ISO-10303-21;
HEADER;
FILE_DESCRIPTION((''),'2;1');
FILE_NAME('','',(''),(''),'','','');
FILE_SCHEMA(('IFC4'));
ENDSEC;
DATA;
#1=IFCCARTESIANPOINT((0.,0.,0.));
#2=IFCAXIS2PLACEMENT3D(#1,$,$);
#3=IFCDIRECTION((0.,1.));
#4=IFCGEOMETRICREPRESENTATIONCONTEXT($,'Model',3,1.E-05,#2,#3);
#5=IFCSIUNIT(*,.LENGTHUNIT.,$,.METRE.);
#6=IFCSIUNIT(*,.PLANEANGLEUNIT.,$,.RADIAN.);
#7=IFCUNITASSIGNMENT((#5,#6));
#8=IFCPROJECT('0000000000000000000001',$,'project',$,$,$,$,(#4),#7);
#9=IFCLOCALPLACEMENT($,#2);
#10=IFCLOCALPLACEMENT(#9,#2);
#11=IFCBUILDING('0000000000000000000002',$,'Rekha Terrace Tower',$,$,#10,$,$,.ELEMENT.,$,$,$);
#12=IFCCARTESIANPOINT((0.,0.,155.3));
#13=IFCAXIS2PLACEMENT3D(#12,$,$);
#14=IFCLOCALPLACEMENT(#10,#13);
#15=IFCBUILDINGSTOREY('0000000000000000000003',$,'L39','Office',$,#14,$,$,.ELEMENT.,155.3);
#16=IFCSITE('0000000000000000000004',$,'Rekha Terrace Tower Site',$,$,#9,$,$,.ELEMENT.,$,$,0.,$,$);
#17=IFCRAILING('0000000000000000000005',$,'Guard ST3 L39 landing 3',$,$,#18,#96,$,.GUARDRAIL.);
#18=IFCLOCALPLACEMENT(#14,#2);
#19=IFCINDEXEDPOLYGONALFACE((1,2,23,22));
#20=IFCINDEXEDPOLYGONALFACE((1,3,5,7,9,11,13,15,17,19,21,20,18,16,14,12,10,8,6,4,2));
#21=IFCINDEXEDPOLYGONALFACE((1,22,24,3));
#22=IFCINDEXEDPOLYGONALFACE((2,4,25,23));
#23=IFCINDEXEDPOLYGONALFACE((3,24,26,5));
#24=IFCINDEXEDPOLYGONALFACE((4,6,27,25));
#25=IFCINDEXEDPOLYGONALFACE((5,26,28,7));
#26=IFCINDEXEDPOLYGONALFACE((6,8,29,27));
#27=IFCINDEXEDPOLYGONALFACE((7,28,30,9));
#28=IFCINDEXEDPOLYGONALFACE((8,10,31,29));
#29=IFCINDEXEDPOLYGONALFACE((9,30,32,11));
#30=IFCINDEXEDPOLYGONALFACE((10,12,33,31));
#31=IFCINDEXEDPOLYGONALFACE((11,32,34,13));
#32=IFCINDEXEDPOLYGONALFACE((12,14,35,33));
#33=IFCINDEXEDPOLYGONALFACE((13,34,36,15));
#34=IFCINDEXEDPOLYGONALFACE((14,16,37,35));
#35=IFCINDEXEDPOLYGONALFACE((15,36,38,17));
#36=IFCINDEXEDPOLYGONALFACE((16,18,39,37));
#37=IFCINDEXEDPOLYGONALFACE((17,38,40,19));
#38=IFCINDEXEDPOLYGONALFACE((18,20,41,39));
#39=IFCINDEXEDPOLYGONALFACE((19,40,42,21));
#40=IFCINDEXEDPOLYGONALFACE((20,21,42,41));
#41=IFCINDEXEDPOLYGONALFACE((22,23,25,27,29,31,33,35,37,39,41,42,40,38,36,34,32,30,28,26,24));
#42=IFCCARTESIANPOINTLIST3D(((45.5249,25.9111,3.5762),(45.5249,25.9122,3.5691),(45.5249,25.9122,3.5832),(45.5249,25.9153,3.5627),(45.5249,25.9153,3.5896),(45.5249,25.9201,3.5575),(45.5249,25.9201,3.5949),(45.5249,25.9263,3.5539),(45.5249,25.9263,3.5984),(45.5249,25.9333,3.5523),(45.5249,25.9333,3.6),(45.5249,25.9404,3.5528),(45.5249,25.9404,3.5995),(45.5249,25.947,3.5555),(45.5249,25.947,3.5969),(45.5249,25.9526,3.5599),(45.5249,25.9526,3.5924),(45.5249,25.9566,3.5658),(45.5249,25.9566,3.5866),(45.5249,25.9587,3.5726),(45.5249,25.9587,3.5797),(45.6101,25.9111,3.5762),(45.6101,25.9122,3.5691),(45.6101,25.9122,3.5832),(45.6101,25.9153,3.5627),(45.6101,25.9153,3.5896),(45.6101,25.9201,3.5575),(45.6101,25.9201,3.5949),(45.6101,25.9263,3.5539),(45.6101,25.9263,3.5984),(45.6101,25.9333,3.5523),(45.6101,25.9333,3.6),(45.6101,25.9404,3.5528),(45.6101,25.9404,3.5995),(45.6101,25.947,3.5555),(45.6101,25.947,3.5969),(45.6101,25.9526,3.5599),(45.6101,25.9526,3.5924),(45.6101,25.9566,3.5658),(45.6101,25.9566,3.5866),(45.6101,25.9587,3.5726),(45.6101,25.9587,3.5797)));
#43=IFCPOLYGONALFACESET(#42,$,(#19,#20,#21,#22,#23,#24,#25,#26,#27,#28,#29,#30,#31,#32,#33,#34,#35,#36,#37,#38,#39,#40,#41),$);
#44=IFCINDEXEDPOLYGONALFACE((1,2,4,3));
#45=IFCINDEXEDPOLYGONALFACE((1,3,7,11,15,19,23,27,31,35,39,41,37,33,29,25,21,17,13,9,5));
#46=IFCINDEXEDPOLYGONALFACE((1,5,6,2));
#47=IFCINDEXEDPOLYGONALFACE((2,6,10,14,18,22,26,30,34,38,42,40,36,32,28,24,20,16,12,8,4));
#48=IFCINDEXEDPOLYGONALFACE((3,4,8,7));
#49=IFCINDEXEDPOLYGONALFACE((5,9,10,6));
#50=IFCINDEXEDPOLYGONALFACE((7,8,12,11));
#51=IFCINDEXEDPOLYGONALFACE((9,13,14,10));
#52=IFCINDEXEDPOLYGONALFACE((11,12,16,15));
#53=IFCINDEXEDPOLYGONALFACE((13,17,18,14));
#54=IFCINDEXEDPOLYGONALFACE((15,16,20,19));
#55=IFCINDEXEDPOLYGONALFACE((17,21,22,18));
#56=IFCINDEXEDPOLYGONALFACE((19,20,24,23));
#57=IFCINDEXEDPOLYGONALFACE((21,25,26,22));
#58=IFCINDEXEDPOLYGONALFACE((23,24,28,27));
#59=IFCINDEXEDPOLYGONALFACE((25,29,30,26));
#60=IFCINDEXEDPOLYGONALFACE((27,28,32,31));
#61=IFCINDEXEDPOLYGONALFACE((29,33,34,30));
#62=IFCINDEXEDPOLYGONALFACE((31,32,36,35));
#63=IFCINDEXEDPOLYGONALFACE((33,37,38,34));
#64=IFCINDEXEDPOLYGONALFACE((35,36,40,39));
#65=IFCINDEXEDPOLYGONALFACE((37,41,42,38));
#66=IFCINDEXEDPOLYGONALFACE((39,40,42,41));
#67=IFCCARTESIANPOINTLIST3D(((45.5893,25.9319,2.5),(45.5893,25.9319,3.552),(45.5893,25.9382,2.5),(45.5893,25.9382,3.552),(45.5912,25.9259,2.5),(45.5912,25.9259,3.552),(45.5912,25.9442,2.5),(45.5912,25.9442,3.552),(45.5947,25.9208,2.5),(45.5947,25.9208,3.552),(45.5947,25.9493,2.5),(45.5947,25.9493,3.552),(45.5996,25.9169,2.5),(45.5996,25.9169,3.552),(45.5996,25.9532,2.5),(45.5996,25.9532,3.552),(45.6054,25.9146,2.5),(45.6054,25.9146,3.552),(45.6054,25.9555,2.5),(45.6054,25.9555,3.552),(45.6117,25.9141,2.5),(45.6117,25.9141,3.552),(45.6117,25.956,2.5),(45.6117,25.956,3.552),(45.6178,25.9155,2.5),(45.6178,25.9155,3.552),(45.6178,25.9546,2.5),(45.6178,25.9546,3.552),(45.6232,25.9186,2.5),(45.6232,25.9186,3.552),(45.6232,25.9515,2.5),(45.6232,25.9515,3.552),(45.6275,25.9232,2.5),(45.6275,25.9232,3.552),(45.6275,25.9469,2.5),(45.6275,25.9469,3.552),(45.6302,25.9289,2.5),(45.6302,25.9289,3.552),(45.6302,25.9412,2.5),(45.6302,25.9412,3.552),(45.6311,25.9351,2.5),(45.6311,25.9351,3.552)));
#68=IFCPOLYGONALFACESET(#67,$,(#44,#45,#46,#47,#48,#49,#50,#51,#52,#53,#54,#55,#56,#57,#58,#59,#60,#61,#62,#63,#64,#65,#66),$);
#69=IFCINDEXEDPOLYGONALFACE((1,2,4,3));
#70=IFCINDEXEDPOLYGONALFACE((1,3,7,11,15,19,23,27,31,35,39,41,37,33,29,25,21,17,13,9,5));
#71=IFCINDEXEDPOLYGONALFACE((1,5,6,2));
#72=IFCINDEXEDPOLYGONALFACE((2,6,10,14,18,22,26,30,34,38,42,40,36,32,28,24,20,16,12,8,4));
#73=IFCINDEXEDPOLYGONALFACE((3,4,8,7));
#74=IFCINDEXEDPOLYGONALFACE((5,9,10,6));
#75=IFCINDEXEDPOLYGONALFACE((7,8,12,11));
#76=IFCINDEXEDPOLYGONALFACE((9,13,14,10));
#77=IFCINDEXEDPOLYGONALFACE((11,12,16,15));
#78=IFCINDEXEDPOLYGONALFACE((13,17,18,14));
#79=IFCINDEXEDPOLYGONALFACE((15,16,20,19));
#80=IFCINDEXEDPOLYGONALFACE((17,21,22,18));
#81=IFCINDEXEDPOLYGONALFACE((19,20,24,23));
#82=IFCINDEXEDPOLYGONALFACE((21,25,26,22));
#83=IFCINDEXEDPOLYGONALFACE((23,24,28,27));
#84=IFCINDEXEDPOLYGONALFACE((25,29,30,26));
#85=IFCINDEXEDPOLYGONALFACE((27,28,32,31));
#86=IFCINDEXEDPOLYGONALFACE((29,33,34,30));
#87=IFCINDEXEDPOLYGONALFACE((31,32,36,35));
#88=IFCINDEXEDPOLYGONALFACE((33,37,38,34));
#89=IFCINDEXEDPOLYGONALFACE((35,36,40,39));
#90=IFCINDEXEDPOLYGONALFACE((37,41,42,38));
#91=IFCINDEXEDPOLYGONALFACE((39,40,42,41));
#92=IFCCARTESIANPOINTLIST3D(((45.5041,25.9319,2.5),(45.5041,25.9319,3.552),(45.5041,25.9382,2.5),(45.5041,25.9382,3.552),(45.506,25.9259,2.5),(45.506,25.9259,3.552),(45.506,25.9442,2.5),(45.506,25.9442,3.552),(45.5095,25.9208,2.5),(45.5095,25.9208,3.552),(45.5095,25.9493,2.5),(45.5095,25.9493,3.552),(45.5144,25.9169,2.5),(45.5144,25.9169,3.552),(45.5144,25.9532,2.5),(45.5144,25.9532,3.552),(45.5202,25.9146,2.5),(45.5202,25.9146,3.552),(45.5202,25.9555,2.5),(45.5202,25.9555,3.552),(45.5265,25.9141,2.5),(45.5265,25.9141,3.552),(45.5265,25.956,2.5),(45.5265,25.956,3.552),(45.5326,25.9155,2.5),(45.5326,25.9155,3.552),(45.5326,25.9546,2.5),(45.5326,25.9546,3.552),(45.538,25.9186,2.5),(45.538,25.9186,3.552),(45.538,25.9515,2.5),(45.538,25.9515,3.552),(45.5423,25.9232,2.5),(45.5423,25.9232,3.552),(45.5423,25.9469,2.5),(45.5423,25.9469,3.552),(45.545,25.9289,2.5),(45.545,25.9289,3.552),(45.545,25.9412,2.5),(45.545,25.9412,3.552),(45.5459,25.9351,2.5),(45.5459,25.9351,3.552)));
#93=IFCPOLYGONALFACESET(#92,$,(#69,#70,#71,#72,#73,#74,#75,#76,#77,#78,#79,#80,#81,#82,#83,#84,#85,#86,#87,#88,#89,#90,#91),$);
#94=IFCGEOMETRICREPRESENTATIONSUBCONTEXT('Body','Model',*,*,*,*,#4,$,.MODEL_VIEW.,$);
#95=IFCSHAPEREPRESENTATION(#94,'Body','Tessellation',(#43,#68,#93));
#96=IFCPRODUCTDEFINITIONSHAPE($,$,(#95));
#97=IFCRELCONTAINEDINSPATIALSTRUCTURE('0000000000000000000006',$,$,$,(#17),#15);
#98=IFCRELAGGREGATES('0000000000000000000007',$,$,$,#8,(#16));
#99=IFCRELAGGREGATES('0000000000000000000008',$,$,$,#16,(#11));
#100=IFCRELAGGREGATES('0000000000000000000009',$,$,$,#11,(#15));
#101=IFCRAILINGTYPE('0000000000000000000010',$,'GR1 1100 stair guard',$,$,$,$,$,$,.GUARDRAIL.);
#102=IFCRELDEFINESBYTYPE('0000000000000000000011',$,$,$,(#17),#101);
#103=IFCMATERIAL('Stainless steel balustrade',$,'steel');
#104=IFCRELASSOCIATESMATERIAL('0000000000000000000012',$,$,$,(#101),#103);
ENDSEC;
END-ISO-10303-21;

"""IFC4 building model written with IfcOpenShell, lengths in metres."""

from ifc_helpers import new_model, si_unit, direction, frame, origin, origin_2d, place, context, subcontext, project, spatial, circle, extrude, material, type_object, element, save


model = new_model("IFC4")

# Units and contexts
model_context = context("Model", 3, precision=1e-05, world=origin(), true_north=direction((0.0, 1.0)))
body_context = subcontext(model_context, "Body", "Model", "MODEL_VIEW")
ifc_project = project(units=[si_unit("LENGTHUNIT", "METRE"), si_unit("PLANEANGLEUNIT", "RADIAN")], contexts=[model_context])

# Site, building, storey
site_placement = place(None, origin())
site = spatial("IfcSite", under=ifc_project, at=site_placement, Name="Rekha Terrace Tower Site", CompositionType="ELEMENT", RefElevation=0.0)
building_placement = place(site_placement, origin())
building = spatial("IfcBuilding", under=site, at=building_placement, Name="Rekha Terrace Tower", CompositionType="ELEMENT")
storey_placement = place(building_placement, frame((0.0, 0.0, 155.3)))
storey = spatial("IfcBuildingStorey", under=building, at=storey_placement, Name="L39", Description="Office", CompositionType="ELEMENT", Elevation=155.3)

# Railing
ifc_material_1 = material(Name="Stainless steel balustrade", Category="steel")
railing_type_1 = type_object("IfcRailingType", Name="GR1 1100 stair guard", PredefinedType="GUARDRAIL", material=ifc_material_1)
railing_1_placement = place(storey_placement, frame((45.6101, 25.9351, 2.5)))
element("IfcRailing", 1, at=railing_1_placement, inside=storey, type_object=railing_type_1, Name="Guard ST3 L39 landing 3", PredefinedType="GUARDRAIL", context=body_context, shape_type="SweptSolid", body=[
    extrude(circle(Radius=0.0239, at=origin_2d()), frame((0.0, 0.0, 1.0762), z_axis=(-1.0, 0.0, 0.0), x_axis=(0.0, -1.0, 0.0)), (0.0, 0.0, 1.0), 0.0852),
    extrude(circle(Radius=0.021, at=origin_2d()), origin(), (0.0, 0.0, 1.0), 1.052),
    extrude(circle(Radius=0.021, at=origin_2d()), frame((-0.0852, 0.0, 0.0)), (0.0, 0.0, 1.0), 1.052),
])

save(model, "model.ifc")
